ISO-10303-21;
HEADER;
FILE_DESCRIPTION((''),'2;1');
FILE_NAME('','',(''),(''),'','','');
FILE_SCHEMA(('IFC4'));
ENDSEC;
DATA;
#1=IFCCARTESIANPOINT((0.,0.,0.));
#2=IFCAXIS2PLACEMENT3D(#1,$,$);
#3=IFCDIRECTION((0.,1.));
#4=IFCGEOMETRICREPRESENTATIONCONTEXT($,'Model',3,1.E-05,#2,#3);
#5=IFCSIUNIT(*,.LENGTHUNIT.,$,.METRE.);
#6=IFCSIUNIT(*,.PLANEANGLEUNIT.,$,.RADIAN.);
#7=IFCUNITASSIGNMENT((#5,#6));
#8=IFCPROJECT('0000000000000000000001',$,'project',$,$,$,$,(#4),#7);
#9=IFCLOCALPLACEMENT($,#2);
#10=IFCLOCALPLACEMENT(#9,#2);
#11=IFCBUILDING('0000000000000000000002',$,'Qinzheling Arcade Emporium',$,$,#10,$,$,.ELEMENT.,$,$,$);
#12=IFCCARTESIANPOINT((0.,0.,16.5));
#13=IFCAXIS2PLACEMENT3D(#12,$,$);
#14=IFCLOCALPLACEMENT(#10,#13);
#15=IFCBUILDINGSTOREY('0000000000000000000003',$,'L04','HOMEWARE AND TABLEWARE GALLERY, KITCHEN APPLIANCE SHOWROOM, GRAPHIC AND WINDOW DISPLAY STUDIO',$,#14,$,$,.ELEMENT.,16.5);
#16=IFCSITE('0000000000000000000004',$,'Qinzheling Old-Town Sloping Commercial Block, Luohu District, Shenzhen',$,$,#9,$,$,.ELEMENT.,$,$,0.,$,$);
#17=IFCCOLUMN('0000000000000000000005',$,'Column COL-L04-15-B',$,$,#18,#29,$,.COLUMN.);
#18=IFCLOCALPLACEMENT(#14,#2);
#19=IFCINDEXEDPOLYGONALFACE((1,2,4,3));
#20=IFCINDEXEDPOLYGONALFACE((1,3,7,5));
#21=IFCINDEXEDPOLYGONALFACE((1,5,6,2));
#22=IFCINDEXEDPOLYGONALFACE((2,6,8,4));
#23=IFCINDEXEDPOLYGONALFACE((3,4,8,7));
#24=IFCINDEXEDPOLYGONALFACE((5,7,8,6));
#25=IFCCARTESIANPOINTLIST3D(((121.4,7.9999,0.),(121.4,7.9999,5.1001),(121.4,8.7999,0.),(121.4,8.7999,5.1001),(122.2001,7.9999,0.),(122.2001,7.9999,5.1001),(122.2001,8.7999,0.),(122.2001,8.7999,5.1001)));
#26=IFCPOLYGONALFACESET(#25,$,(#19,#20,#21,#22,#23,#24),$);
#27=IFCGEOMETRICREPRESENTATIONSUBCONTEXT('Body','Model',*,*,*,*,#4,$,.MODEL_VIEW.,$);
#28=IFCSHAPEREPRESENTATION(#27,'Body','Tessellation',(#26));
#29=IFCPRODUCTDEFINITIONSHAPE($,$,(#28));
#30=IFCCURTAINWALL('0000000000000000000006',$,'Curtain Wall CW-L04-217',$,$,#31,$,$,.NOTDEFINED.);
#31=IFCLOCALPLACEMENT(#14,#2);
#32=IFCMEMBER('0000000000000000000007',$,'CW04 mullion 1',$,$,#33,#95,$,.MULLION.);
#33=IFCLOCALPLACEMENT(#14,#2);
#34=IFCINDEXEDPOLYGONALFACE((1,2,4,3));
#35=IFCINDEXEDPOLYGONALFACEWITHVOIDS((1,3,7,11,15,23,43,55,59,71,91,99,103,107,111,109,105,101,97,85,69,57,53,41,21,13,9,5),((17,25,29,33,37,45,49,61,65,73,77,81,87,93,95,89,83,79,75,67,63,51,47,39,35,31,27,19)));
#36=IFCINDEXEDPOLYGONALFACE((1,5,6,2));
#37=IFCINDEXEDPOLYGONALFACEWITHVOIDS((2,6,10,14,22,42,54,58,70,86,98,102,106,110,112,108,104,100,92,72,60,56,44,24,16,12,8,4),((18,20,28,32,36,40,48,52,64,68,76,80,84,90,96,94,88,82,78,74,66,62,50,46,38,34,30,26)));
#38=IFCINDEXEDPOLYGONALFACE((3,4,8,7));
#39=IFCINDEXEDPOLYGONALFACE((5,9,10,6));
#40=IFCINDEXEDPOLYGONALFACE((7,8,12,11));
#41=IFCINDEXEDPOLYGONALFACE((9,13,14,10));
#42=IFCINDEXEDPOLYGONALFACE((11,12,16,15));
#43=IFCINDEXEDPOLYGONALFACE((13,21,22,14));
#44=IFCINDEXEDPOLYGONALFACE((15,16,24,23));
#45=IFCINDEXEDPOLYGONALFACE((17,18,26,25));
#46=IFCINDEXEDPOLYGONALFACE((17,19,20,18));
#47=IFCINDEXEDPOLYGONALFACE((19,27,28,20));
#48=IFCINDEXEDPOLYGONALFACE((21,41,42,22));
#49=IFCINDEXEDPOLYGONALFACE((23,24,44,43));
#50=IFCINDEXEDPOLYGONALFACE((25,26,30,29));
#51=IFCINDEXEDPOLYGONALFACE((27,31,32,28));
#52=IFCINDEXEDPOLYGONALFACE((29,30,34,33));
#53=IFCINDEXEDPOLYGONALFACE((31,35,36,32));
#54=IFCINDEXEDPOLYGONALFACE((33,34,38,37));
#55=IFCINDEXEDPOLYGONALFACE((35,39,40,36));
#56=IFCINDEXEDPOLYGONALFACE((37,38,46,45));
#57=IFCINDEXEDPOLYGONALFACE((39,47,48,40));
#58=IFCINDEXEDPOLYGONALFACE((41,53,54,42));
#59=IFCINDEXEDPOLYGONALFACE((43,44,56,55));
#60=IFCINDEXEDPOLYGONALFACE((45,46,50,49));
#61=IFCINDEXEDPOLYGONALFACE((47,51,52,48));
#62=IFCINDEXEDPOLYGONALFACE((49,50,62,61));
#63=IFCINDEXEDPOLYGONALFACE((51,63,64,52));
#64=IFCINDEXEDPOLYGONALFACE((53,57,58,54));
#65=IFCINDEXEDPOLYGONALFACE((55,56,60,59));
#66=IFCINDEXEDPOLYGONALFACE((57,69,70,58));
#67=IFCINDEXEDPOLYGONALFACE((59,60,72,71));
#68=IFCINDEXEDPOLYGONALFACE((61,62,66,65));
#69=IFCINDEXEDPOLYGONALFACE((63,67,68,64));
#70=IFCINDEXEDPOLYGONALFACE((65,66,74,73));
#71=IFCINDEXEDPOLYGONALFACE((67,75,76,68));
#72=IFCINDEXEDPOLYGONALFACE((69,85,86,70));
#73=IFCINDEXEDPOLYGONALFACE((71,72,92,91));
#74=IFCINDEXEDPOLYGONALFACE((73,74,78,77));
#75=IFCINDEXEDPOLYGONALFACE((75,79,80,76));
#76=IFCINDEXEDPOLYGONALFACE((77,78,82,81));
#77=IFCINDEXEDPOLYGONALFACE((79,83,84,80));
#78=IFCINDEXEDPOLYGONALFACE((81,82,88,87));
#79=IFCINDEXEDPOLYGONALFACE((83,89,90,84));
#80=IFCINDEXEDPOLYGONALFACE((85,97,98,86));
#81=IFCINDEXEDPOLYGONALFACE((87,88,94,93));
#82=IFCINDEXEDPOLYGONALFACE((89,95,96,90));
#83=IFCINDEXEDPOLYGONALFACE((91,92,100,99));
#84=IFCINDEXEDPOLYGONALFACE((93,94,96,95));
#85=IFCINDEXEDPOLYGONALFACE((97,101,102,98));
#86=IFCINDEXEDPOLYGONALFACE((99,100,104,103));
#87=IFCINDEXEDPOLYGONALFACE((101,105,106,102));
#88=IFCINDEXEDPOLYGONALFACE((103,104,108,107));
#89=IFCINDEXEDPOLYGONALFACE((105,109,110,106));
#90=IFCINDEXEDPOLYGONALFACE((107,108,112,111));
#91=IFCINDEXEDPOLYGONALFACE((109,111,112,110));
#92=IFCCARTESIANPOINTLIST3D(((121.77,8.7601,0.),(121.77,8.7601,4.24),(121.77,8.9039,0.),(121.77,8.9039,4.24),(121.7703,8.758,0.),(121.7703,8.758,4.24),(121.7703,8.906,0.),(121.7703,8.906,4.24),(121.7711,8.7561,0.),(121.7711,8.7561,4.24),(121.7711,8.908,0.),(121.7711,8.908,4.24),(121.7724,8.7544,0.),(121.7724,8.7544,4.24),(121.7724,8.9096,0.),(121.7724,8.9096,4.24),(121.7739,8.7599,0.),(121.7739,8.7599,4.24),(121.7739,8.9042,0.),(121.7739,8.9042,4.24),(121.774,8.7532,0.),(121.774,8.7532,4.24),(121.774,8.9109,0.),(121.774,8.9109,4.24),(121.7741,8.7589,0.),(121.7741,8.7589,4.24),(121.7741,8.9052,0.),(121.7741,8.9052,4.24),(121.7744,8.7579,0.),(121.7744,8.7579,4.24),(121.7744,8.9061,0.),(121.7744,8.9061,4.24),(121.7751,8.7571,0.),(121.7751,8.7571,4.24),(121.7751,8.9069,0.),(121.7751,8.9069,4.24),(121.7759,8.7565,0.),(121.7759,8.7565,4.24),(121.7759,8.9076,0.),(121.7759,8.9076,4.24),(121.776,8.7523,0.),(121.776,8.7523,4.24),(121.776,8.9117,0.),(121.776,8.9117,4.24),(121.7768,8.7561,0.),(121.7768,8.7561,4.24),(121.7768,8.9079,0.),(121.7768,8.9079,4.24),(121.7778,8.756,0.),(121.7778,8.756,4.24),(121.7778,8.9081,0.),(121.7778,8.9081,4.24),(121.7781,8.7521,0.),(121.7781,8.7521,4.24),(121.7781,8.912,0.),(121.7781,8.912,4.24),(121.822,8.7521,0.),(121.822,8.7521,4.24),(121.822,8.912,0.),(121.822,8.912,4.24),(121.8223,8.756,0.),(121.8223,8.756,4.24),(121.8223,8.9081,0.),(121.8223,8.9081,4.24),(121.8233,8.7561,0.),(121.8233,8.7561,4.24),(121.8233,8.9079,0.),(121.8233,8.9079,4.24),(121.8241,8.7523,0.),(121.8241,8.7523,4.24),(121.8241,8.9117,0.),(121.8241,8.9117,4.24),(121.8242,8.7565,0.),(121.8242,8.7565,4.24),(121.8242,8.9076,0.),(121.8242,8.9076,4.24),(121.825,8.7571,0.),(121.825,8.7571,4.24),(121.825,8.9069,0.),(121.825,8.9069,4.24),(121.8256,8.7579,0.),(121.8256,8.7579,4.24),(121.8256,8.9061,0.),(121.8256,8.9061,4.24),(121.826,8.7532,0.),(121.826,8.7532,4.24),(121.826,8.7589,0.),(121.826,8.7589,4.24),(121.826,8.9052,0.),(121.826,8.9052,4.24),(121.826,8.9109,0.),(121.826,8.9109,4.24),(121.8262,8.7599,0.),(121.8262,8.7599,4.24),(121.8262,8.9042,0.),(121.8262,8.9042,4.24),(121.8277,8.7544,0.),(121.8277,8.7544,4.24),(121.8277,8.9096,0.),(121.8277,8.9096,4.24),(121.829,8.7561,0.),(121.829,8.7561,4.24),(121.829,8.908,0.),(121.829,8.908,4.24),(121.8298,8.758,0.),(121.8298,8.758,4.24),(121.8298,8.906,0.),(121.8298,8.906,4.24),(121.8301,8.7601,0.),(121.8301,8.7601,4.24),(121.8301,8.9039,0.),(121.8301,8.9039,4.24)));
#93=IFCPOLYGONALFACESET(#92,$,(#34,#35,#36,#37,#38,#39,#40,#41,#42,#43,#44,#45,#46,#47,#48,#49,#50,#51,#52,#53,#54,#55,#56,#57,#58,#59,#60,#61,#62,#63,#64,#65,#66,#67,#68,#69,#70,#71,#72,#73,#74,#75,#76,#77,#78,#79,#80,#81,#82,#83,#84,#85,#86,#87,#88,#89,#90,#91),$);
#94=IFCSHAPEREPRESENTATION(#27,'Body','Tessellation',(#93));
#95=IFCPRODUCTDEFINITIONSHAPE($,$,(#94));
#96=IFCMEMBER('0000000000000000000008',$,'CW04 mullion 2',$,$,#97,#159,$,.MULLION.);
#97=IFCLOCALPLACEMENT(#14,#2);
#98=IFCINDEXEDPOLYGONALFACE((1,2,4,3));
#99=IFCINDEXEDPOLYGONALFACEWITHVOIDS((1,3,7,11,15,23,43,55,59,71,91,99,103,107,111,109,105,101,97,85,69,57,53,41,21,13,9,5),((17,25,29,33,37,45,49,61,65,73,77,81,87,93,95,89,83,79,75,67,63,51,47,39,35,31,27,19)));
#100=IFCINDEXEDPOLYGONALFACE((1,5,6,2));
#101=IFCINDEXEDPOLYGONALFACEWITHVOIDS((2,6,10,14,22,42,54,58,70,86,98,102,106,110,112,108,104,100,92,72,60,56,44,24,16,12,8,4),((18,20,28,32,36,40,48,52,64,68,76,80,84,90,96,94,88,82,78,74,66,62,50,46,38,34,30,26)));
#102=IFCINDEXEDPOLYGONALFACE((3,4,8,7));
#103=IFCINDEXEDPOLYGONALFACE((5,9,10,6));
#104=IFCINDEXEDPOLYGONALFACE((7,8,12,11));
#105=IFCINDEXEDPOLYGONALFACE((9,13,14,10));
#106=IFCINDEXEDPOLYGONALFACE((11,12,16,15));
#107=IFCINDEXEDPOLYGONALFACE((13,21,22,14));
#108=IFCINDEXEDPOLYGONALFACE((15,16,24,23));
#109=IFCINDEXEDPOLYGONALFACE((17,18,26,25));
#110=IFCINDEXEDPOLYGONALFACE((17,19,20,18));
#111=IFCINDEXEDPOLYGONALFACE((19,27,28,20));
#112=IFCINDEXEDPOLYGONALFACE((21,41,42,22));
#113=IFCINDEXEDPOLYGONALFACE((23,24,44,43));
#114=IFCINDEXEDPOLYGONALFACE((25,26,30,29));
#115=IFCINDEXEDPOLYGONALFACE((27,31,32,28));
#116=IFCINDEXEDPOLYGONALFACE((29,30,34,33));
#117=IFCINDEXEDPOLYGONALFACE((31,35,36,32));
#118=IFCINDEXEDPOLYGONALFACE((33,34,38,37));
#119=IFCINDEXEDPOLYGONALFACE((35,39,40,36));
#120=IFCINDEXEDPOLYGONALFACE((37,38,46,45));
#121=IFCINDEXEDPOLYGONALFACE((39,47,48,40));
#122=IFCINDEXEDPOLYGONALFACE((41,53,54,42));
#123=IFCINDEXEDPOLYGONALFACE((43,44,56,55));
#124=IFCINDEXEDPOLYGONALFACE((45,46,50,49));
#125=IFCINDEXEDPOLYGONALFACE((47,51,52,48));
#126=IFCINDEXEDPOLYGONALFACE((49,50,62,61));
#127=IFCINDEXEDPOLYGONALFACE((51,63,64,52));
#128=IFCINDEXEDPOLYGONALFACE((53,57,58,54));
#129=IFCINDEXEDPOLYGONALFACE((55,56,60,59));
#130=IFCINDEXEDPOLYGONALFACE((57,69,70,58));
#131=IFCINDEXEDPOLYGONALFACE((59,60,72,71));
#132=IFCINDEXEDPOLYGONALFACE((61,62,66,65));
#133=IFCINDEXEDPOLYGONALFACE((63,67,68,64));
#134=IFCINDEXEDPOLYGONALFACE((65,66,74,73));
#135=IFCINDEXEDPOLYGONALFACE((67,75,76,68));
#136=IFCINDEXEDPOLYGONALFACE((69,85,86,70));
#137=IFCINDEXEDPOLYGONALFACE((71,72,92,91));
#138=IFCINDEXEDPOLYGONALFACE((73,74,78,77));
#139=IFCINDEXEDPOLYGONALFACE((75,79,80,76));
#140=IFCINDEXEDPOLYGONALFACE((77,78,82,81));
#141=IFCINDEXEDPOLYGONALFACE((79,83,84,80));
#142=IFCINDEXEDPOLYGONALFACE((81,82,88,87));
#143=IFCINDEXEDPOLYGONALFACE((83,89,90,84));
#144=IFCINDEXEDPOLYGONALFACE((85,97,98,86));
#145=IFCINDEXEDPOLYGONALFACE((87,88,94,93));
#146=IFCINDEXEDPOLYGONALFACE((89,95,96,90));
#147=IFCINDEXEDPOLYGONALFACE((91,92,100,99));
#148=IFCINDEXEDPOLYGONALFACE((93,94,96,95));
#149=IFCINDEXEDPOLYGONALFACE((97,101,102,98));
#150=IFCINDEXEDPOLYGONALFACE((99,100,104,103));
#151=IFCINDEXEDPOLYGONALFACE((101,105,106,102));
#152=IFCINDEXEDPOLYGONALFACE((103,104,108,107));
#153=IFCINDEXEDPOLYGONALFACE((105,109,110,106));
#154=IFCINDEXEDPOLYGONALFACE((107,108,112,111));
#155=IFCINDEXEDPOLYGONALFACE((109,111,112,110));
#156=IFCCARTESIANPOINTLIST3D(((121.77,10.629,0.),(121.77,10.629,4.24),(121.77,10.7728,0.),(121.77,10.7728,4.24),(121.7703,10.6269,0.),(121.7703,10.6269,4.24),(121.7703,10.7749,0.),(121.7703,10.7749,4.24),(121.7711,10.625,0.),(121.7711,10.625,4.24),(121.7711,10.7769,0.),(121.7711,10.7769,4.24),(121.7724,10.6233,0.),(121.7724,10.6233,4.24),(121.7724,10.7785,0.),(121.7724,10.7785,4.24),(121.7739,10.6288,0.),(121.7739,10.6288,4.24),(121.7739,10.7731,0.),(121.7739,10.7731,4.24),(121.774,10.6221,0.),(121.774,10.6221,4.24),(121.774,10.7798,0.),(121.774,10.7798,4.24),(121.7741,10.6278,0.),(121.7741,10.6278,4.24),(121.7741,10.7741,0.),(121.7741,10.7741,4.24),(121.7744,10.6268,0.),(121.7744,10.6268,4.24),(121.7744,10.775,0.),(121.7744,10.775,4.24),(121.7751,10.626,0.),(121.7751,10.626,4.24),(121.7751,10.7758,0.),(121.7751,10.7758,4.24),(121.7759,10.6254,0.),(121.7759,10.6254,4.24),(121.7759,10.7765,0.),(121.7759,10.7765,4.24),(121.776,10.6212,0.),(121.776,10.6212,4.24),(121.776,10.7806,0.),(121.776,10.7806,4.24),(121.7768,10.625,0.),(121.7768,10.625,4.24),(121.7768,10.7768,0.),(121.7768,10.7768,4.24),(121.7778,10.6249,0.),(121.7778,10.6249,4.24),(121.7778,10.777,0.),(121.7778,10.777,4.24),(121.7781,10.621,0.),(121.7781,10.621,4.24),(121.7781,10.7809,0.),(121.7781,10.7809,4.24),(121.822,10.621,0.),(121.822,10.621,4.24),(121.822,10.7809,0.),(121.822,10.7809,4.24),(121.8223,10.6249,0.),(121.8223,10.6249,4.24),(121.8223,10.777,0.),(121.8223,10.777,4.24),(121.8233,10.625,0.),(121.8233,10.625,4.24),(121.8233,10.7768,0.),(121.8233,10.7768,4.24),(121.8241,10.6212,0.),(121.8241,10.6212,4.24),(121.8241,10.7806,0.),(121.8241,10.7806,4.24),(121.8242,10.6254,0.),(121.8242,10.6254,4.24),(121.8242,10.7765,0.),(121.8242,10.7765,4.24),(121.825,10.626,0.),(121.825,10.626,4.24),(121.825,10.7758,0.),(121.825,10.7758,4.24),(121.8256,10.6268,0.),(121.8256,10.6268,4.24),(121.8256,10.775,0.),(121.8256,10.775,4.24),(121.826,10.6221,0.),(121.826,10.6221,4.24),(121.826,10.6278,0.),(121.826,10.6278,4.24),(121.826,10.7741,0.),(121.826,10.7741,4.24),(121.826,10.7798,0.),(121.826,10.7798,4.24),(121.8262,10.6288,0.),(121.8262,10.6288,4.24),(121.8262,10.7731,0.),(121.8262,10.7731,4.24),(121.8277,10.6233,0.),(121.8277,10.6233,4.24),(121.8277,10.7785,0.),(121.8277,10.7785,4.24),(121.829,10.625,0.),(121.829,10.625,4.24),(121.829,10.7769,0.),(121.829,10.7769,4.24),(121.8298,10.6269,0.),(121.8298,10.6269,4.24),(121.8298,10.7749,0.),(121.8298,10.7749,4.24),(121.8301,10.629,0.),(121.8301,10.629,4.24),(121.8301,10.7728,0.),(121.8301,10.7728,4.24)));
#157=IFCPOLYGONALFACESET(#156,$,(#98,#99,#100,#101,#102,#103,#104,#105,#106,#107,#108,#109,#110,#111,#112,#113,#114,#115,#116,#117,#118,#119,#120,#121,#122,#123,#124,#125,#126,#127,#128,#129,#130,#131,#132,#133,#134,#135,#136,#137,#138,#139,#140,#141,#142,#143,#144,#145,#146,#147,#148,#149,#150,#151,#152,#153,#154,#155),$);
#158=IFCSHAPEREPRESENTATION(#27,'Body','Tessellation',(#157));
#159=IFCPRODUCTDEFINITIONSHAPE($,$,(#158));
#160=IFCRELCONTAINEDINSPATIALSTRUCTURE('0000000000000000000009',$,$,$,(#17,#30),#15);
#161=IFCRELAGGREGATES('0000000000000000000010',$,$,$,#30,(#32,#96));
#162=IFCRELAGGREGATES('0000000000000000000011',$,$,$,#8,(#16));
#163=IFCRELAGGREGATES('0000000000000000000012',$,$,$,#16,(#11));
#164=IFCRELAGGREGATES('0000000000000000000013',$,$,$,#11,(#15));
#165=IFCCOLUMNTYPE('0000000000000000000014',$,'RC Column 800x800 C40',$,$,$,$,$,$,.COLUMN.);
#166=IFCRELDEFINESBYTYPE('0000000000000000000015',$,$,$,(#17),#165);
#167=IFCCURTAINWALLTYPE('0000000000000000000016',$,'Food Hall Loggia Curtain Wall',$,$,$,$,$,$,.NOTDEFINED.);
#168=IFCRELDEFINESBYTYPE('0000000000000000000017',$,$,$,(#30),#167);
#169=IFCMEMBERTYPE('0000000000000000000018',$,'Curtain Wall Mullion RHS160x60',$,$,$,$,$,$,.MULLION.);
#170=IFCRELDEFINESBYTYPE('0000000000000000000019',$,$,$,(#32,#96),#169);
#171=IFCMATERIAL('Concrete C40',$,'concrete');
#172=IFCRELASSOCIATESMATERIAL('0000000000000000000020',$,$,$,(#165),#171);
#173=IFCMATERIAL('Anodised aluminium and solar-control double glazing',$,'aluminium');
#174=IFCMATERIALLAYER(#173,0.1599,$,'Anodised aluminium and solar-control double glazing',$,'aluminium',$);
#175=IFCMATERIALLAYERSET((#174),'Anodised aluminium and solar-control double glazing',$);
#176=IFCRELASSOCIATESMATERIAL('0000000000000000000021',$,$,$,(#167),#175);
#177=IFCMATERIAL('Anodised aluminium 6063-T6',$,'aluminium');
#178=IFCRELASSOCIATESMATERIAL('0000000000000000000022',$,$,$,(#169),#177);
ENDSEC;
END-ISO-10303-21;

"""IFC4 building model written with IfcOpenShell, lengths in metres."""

from ifc_helpers import new_model, si_unit, direction, frame, origin, origin_2d, place, context, subcontext, project, spatial, rectangle, hollow_rectangle, extrude, material, layer, layer_set, material_profile, profile_set, type_object, element, aggregate, save


model = new_model("IFC4")

# Units and contexts
model_context = context("Model", 3, precision=1e-05, world=origin(), true_north=direction((0.0, 1.0)))
body_context = subcontext(model_context, "Body", "Model", "MODEL_VIEW")
ifc_project = project(units=[si_unit("LENGTHUNIT", "METRE"), si_unit("PLANEANGLEUNIT", "RADIAN")], contexts=[model_context])

# Site, building, storey
site_placement = place(None, origin())
site = spatial("IfcSite", under=ifc_project, at=site_placement, Name="Qinzheling Old-Town Sloping Commercial Block, Luohu District, Shenzhen", CompositionType="ELEMENT", RefElevation=0.0)
building_placement = place(site_placement, origin())
building = spatial("IfcBuilding", under=site, at=building_placement, Name="Qinzheling Arcade Emporium", CompositionType="ELEMENT")
storey_placement = place(building_placement, frame((0.0, 0.0, 16.5)))
storey = spatial("IfcBuildingStorey", under=building, at=storey_placement, Name="L04", Description="HOMEWARE AND TABLEWARE GALLERY, KITCHEN APPLIANCE SHOWROOM, GRAPHIC AND WINDOW DISPLAY STUDIO", CompositionType="ELEMENT", Elevation=16.5)

# Column
ifc_material_1 = material(Name="Concrete C40", Category="concrete")
ifc_material_profile_1 = material_profile(ifc_material_1, rectangle(XDim=0.8, YDim=0.8, at=origin_2d()), Name="RC 800x800", Category="concrete")
ifc_profile_set_1 = profile_set([ifc_material_profile_1], Name="Concrete C40")
column_type = type_object("IfcColumnType", Name="RC Column 800x800 C40", PredefinedType="COLUMN", material=ifc_profile_set_1)
column_placement = place(storey_placement, frame((121.8, 8.3999, 0.0), z_axis=(0.0, 0.0, 1.0), x_axis=(1.0, 0.0, 0.0)))
element("IfcColumn", 1, at=column_placement, inside=storey, type_object=column_type, Name="Column COL-L04-15-B", PredefinedType="COLUMN", context=body_context, shape_type="SweptSolid", body=[
    extrude(rectangle(XDim=0.8, YDim=0.8, at=origin_2d()), origin(), (0.0, 0.0, 1.0), 5.1001),
])

# Curtain wall, members
ifc_material_2 = material(Name="Anodised aluminium and solar-control double glazing", Category="aluminium")
ifc_layer_1 = layer(ifc_material_2, 0.1599, Name="Anodised aluminium and solar-control double glazing", Category="aluminium")
ifc_layer_set_1 = layer_set([ifc_layer_1], Name="Anodised aluminium and solar-control double glazing")
curtain_wall_type = type_object("IfcCurtainWallType", Name="Food Hall Loggia Curtain Wall", PredefinedType="NOTDEFINED", material=ifc_layer_set_1)
curtain_wall_placement = place(storey_placement, origin())
curtain_wall = element("IfcCurtainWall", 2, at=curtain_wall_placement, inside=storey, type_object=curtain_wall_type, Name="Curtain Wall CW-L04-217", PredefinedType="NOTDEFINED")
ifc_material_3 = material(Name="Anodised aluminium 6063-T6", Category="aluminium")
ifc_material_profile_2 = material_profile(ifc_material_3, hollow_rectangle(XDim=0.0601, YDim=0.1599, WallThickness=0.0039, InnerFilletRadius=0.0039, OuterFilletRadius=0.0081, at=origin_2d()), Name="RHS 160x60x4", Category="aluminium")
ifc_profile_set_2 = profile_set([ifc_material_profile_2], Name="Anodised aluminium 6063-T6")
member_type_1 = type_object("IfcMemberType", Name="Curtain Wall Mullion RHS160x60", PredefinedType="MULLION", material=ifc_profile_set_2)
member_1_placement = place(storey_placement, frame((121.8, 8.832, 0.0), z_axis=(0.0, 0.0, 1.0), x_axis=(-1.0, 0.0, 0.0)))
member_1 = element("IfcMember", 3, at=member_1_placement, type_object=member_type_1, Name="CW04 mullion 1", PredefinedType="MULLION", context=body_context, shape_type="SweptSolid", body=[
    extrude(hollow_rectangle(XDim=0.0601, YDim=0.1599, WallThickness=0.0039, InnerFilletRadius=0.0039, OuterFilletRadius=0.0081, at=origin_2d()), origin(), (0.0, 0.0, 1.0), 4.24),
])
member_2_placement = place(storey_placement, frame((121.8, 10.7009, 0.0), z_axis=(0.0, 0.0, 1.0), x_axis=(-1.0, 0.0, 0.0)))
member_2 = element("IfcMember", 4, at=member_2_placement, type_object=member_type_1, Name="CW04 mullion 2", PredefinedType="MULLION", context=body_context, shape_type="SweptSolid", body=[
    extrude(hollow_rectangle(XDim=0.0601, YDim=0.1599, WallThickness=0.0039, InnerFilletRadius=0.0039, OuterFilletRadius=0.0081, at=origin_2d()), origin(), (0.0, 0.0, 1.0), 4.24),
])

aggregate(curtain_wall, [member_1, member_2])

save(model, "model.ifc")
